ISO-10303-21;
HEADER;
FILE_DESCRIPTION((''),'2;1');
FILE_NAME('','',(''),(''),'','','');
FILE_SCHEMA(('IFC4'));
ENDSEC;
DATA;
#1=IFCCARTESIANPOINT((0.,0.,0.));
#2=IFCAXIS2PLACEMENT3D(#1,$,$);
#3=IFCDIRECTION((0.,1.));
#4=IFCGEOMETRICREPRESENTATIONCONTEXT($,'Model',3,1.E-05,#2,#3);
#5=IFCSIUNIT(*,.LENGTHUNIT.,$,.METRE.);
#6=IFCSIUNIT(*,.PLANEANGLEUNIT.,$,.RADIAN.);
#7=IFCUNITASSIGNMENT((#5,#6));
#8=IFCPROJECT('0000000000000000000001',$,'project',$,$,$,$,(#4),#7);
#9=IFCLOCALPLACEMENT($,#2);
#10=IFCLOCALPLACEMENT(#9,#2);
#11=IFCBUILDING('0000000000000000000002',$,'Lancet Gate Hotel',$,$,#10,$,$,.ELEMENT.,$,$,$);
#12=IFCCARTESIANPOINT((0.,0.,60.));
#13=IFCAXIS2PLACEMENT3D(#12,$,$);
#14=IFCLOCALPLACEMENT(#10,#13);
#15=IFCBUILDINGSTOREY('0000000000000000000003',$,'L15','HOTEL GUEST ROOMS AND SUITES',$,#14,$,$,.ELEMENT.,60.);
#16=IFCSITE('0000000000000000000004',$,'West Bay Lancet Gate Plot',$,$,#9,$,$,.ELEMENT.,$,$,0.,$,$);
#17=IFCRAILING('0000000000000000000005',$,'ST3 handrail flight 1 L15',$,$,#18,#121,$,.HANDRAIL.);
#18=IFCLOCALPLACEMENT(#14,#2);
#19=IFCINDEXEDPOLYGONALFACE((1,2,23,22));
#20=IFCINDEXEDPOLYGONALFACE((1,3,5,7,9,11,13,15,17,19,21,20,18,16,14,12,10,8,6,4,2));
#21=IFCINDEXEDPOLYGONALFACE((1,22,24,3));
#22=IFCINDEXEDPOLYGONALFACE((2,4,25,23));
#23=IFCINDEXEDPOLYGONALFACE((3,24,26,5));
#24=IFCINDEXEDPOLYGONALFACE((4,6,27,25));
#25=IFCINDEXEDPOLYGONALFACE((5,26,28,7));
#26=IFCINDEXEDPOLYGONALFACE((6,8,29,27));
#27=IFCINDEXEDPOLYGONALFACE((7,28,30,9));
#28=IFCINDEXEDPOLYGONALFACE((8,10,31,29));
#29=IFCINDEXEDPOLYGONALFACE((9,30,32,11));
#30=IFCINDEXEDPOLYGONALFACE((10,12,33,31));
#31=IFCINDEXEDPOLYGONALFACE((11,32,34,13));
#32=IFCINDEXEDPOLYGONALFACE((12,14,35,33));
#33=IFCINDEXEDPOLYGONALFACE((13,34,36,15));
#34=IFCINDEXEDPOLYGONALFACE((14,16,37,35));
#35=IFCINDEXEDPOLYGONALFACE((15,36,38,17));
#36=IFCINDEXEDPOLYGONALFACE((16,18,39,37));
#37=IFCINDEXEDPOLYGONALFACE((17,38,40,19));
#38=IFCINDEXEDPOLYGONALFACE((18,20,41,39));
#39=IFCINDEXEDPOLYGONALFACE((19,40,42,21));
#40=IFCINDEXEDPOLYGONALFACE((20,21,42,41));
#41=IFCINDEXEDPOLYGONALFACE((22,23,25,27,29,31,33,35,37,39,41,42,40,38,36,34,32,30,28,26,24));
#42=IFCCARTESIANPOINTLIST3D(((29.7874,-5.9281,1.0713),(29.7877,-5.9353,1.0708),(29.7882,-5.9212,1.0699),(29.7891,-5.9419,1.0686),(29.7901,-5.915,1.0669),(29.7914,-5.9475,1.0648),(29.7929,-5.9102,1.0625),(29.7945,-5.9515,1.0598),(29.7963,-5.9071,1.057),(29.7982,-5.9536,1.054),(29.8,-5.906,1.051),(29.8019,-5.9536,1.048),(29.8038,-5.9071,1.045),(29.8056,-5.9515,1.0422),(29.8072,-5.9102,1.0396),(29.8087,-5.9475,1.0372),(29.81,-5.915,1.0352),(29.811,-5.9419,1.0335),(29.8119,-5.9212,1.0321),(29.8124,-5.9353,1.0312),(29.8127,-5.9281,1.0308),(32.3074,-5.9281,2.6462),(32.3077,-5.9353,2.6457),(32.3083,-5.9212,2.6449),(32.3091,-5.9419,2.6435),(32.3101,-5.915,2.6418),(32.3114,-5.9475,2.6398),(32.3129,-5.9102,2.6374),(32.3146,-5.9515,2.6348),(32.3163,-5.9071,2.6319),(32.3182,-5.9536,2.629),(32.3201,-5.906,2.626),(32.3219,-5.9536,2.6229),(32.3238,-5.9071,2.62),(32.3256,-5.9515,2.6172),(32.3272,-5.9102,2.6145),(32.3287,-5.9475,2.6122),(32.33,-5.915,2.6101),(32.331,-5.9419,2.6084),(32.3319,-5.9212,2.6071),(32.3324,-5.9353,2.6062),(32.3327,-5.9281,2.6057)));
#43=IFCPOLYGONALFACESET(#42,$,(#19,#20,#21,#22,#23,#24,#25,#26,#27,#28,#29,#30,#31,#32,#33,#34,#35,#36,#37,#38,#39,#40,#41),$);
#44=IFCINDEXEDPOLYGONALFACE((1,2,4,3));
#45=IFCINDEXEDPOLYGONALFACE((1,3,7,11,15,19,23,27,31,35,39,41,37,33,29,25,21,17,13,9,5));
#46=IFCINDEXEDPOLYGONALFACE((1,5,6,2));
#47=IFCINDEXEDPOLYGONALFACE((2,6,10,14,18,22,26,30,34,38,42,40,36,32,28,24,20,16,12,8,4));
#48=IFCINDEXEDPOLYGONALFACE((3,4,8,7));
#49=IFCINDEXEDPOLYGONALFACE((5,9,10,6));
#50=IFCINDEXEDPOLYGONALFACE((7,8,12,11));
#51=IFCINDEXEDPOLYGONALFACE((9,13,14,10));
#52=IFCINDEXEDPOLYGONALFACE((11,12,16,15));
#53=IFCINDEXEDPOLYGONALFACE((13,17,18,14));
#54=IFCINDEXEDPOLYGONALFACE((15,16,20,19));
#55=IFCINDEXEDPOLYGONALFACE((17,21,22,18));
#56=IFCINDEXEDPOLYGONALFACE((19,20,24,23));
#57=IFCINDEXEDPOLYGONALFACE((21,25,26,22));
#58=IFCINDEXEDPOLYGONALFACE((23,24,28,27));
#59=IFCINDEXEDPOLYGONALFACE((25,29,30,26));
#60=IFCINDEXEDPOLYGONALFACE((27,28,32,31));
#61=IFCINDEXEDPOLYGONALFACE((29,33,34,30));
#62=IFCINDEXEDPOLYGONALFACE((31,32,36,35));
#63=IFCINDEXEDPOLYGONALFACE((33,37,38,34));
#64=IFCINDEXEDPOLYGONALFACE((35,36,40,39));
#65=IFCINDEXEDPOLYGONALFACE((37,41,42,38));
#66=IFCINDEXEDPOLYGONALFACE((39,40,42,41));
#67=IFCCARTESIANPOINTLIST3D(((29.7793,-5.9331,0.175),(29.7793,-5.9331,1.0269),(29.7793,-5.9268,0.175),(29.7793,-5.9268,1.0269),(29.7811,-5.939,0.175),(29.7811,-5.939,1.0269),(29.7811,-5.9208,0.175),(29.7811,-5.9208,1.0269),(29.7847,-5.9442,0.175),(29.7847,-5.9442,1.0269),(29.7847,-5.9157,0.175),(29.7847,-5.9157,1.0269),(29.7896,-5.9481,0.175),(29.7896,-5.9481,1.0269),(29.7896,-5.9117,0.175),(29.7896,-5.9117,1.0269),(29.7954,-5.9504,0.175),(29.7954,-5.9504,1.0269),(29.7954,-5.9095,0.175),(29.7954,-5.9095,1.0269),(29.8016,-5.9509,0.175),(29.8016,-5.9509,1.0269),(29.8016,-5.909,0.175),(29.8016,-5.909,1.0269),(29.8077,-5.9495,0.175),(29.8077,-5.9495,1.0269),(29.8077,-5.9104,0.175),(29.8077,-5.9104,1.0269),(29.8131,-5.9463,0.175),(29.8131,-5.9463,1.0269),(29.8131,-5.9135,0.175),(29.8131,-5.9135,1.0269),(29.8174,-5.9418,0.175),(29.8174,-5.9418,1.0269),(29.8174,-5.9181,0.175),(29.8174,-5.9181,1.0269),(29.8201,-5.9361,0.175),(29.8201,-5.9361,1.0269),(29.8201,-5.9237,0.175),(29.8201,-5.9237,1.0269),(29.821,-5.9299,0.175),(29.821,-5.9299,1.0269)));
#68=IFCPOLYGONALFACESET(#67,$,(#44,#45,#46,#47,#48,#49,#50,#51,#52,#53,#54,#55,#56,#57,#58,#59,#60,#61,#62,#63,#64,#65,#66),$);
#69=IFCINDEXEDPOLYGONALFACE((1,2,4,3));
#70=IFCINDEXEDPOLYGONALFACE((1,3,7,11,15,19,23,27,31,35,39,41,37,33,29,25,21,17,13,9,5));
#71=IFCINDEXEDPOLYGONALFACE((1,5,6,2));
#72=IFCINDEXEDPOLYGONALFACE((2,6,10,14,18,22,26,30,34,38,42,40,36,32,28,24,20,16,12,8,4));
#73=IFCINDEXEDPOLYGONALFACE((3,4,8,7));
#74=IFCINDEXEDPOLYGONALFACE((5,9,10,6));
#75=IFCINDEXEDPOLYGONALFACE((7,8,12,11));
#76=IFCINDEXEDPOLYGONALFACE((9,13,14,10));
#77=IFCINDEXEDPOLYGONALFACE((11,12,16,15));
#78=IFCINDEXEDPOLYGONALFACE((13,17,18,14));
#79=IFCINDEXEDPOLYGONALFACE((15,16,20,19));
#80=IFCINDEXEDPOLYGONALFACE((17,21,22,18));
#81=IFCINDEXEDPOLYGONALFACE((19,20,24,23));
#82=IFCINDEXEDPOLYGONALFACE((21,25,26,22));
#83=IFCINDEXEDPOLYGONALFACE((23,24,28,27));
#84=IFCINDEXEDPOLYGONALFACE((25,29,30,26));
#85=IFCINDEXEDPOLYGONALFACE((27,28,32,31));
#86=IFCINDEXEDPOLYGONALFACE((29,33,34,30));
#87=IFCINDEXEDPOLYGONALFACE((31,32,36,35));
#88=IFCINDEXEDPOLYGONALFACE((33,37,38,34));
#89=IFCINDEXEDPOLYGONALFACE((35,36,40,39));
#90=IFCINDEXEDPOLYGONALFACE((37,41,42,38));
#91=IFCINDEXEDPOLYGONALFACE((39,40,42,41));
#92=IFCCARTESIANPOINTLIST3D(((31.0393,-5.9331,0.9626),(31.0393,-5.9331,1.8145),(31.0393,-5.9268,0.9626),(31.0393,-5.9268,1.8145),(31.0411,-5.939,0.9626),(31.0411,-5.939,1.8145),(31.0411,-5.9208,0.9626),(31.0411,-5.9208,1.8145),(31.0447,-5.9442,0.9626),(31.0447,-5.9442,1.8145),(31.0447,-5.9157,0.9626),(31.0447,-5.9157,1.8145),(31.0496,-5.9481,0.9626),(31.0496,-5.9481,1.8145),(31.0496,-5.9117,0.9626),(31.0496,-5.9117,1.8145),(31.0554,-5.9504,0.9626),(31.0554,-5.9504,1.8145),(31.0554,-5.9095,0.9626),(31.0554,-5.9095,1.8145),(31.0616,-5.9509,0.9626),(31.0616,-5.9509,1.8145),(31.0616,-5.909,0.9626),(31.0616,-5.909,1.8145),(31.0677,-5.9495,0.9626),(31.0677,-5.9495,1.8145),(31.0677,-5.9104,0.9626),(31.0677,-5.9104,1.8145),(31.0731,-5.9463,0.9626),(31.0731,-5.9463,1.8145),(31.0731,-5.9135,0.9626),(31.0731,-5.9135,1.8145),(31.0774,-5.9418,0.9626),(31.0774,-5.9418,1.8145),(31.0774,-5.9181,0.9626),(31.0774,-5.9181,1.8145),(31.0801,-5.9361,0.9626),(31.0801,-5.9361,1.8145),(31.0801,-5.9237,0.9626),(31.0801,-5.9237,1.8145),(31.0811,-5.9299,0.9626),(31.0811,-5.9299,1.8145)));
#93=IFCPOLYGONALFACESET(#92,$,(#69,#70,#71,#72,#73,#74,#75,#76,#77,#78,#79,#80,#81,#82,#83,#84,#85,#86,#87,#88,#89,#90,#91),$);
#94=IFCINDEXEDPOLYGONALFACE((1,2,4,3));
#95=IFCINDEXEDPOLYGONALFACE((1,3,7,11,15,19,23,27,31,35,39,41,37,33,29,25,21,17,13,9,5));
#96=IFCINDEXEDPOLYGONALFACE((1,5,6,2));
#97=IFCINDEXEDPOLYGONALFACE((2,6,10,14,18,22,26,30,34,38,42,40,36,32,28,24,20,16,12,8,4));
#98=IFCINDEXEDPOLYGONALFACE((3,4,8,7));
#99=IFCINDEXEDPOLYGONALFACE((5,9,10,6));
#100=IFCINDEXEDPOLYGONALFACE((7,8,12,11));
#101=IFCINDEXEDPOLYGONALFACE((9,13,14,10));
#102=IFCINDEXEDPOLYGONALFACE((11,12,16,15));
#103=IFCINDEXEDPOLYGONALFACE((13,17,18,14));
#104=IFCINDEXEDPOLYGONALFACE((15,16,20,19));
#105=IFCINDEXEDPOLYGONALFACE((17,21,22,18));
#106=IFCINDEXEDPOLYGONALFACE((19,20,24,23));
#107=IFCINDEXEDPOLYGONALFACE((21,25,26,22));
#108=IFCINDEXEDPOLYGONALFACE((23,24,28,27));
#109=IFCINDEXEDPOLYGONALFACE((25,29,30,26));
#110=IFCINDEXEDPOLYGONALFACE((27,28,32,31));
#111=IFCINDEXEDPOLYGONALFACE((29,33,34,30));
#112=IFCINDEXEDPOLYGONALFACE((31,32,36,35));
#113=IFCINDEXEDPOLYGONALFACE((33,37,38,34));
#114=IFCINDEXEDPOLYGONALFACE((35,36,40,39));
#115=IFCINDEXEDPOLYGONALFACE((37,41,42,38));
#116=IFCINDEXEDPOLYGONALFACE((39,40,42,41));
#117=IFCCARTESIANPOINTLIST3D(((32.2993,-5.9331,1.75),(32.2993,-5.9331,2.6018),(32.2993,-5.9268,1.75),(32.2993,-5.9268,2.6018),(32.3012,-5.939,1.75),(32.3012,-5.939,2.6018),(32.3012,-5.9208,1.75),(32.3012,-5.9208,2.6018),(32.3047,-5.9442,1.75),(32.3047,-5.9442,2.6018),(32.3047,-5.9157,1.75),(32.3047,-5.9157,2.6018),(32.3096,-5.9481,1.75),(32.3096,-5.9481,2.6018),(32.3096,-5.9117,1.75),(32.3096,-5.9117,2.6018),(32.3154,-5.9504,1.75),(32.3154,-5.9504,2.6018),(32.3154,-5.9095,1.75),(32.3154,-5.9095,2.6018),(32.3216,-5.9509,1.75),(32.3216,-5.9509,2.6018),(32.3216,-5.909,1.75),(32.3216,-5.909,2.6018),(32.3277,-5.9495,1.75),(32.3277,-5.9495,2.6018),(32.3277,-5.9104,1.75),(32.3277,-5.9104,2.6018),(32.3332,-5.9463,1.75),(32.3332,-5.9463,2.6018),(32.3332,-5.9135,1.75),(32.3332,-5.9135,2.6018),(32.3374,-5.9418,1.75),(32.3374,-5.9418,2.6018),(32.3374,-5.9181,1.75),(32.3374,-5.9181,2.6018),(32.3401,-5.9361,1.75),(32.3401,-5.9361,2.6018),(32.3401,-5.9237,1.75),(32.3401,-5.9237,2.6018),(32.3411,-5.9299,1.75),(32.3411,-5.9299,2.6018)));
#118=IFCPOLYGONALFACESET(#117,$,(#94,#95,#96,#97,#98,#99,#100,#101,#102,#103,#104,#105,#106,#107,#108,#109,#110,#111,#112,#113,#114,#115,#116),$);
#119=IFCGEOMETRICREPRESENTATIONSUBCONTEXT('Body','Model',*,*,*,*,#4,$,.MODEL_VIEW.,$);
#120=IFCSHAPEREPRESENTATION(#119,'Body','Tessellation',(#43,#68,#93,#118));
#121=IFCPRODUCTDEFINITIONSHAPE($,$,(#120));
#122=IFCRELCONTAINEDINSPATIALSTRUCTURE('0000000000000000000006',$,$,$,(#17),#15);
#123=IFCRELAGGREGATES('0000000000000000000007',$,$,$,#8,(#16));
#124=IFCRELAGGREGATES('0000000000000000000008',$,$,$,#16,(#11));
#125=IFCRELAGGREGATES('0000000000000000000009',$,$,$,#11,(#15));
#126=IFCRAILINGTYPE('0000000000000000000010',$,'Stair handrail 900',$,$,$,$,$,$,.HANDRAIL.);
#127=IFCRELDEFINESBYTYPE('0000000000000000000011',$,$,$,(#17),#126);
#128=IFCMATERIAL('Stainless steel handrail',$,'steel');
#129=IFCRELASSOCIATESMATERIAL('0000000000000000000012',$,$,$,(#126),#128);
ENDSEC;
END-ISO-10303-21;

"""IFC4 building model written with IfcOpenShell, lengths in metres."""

from ifc_helpers import new_model, si_unit, direction, frame, origin, origin_2d, place, context, subcontext, project, spatial, circle, extrude, material, type_object, element, save


model = new_model("IFC4")

# Units and contexts
model_context = context("Model", 3, precision=1e-05, world=origin(), true_north=direction((0.0, 1.0)))
body_context = subcontext(model_context, "Body", "Model", "MODEL_VIEW")
ifc_project = project(units=[si_unit("LENGTHUNIT", "METRE"), si_unit("PLANEANGLEUNIT", "RADIAN")], contexts=[model_context])

# Site, building, storey
site_placement = place(None, origin())
site = spatial("IfcSite", under=ifc_project, at=site_placement, Name="West Bay Lancet Gate Plot", CompositionType="ELEMENT", RefElevation=0.0)
building_placement = place(site_placement, origin())
building = spatial("IfcBuilding", under=site, at=building_placement, Name="Lancet Gate Hotel", CompositionType="ELEMENT")
storey_placement = place(building_placement, frame((0.0, 0.0, 60.0)))
storey = spatial("IfcBuildingStorey", under=building, at=storey_placement, Name="L15", Description="HOTEL GUEST ROOMS AND SUITES", CompositionType="ELEMENT", Elevation=60.0)

# Railing
ifc_material_1 = material(Name="Stainless steel handrail", Category="steel")
railing_type = type_object("IfcRailingType", Name="Stair handrail 900", PredefinedType="HANDRAIL", material=ifc_material_1)
railing_1_placement = place(storey_placement, frame((29.8, -5.9299, 0.175)))
element("IfcRailing", 1, at=railing_1_placement, inside=storey, type_object=railing_type, Name="ST3 handrail flight 1 L15", PredefinedType="HANDRAIL", context=body_context, shape_type="SweptSolid", body=[
    extrude(circle(Radius=0.0239, at=origin_2d()), frame((0.0, 0.0, 0.876), z_axis=(0.848008, 0.0, 0.529984), x_axis=(0.0, 1.0, 0.0)), (0.0, 0.0, 1.0), 2.9717),
    extrude(circle(Radius=0.021, at=origin_2d()), origin(), (0.0, 0.0, 1.0), 0.8518),
    extrude(circle(Radius=0.021, at=origin_2d()), frame((1.26, 0.0, 0.7876)), (0.0, 0.0, 1.0), 0.8518),
    extrude(circle(Radius=0.021, at=origin_2d()), frame((2.52, 0.0, 1.575)), (0.0, 0.0, 1.0), 0.8518),
])

save(model, "model.ifc")
